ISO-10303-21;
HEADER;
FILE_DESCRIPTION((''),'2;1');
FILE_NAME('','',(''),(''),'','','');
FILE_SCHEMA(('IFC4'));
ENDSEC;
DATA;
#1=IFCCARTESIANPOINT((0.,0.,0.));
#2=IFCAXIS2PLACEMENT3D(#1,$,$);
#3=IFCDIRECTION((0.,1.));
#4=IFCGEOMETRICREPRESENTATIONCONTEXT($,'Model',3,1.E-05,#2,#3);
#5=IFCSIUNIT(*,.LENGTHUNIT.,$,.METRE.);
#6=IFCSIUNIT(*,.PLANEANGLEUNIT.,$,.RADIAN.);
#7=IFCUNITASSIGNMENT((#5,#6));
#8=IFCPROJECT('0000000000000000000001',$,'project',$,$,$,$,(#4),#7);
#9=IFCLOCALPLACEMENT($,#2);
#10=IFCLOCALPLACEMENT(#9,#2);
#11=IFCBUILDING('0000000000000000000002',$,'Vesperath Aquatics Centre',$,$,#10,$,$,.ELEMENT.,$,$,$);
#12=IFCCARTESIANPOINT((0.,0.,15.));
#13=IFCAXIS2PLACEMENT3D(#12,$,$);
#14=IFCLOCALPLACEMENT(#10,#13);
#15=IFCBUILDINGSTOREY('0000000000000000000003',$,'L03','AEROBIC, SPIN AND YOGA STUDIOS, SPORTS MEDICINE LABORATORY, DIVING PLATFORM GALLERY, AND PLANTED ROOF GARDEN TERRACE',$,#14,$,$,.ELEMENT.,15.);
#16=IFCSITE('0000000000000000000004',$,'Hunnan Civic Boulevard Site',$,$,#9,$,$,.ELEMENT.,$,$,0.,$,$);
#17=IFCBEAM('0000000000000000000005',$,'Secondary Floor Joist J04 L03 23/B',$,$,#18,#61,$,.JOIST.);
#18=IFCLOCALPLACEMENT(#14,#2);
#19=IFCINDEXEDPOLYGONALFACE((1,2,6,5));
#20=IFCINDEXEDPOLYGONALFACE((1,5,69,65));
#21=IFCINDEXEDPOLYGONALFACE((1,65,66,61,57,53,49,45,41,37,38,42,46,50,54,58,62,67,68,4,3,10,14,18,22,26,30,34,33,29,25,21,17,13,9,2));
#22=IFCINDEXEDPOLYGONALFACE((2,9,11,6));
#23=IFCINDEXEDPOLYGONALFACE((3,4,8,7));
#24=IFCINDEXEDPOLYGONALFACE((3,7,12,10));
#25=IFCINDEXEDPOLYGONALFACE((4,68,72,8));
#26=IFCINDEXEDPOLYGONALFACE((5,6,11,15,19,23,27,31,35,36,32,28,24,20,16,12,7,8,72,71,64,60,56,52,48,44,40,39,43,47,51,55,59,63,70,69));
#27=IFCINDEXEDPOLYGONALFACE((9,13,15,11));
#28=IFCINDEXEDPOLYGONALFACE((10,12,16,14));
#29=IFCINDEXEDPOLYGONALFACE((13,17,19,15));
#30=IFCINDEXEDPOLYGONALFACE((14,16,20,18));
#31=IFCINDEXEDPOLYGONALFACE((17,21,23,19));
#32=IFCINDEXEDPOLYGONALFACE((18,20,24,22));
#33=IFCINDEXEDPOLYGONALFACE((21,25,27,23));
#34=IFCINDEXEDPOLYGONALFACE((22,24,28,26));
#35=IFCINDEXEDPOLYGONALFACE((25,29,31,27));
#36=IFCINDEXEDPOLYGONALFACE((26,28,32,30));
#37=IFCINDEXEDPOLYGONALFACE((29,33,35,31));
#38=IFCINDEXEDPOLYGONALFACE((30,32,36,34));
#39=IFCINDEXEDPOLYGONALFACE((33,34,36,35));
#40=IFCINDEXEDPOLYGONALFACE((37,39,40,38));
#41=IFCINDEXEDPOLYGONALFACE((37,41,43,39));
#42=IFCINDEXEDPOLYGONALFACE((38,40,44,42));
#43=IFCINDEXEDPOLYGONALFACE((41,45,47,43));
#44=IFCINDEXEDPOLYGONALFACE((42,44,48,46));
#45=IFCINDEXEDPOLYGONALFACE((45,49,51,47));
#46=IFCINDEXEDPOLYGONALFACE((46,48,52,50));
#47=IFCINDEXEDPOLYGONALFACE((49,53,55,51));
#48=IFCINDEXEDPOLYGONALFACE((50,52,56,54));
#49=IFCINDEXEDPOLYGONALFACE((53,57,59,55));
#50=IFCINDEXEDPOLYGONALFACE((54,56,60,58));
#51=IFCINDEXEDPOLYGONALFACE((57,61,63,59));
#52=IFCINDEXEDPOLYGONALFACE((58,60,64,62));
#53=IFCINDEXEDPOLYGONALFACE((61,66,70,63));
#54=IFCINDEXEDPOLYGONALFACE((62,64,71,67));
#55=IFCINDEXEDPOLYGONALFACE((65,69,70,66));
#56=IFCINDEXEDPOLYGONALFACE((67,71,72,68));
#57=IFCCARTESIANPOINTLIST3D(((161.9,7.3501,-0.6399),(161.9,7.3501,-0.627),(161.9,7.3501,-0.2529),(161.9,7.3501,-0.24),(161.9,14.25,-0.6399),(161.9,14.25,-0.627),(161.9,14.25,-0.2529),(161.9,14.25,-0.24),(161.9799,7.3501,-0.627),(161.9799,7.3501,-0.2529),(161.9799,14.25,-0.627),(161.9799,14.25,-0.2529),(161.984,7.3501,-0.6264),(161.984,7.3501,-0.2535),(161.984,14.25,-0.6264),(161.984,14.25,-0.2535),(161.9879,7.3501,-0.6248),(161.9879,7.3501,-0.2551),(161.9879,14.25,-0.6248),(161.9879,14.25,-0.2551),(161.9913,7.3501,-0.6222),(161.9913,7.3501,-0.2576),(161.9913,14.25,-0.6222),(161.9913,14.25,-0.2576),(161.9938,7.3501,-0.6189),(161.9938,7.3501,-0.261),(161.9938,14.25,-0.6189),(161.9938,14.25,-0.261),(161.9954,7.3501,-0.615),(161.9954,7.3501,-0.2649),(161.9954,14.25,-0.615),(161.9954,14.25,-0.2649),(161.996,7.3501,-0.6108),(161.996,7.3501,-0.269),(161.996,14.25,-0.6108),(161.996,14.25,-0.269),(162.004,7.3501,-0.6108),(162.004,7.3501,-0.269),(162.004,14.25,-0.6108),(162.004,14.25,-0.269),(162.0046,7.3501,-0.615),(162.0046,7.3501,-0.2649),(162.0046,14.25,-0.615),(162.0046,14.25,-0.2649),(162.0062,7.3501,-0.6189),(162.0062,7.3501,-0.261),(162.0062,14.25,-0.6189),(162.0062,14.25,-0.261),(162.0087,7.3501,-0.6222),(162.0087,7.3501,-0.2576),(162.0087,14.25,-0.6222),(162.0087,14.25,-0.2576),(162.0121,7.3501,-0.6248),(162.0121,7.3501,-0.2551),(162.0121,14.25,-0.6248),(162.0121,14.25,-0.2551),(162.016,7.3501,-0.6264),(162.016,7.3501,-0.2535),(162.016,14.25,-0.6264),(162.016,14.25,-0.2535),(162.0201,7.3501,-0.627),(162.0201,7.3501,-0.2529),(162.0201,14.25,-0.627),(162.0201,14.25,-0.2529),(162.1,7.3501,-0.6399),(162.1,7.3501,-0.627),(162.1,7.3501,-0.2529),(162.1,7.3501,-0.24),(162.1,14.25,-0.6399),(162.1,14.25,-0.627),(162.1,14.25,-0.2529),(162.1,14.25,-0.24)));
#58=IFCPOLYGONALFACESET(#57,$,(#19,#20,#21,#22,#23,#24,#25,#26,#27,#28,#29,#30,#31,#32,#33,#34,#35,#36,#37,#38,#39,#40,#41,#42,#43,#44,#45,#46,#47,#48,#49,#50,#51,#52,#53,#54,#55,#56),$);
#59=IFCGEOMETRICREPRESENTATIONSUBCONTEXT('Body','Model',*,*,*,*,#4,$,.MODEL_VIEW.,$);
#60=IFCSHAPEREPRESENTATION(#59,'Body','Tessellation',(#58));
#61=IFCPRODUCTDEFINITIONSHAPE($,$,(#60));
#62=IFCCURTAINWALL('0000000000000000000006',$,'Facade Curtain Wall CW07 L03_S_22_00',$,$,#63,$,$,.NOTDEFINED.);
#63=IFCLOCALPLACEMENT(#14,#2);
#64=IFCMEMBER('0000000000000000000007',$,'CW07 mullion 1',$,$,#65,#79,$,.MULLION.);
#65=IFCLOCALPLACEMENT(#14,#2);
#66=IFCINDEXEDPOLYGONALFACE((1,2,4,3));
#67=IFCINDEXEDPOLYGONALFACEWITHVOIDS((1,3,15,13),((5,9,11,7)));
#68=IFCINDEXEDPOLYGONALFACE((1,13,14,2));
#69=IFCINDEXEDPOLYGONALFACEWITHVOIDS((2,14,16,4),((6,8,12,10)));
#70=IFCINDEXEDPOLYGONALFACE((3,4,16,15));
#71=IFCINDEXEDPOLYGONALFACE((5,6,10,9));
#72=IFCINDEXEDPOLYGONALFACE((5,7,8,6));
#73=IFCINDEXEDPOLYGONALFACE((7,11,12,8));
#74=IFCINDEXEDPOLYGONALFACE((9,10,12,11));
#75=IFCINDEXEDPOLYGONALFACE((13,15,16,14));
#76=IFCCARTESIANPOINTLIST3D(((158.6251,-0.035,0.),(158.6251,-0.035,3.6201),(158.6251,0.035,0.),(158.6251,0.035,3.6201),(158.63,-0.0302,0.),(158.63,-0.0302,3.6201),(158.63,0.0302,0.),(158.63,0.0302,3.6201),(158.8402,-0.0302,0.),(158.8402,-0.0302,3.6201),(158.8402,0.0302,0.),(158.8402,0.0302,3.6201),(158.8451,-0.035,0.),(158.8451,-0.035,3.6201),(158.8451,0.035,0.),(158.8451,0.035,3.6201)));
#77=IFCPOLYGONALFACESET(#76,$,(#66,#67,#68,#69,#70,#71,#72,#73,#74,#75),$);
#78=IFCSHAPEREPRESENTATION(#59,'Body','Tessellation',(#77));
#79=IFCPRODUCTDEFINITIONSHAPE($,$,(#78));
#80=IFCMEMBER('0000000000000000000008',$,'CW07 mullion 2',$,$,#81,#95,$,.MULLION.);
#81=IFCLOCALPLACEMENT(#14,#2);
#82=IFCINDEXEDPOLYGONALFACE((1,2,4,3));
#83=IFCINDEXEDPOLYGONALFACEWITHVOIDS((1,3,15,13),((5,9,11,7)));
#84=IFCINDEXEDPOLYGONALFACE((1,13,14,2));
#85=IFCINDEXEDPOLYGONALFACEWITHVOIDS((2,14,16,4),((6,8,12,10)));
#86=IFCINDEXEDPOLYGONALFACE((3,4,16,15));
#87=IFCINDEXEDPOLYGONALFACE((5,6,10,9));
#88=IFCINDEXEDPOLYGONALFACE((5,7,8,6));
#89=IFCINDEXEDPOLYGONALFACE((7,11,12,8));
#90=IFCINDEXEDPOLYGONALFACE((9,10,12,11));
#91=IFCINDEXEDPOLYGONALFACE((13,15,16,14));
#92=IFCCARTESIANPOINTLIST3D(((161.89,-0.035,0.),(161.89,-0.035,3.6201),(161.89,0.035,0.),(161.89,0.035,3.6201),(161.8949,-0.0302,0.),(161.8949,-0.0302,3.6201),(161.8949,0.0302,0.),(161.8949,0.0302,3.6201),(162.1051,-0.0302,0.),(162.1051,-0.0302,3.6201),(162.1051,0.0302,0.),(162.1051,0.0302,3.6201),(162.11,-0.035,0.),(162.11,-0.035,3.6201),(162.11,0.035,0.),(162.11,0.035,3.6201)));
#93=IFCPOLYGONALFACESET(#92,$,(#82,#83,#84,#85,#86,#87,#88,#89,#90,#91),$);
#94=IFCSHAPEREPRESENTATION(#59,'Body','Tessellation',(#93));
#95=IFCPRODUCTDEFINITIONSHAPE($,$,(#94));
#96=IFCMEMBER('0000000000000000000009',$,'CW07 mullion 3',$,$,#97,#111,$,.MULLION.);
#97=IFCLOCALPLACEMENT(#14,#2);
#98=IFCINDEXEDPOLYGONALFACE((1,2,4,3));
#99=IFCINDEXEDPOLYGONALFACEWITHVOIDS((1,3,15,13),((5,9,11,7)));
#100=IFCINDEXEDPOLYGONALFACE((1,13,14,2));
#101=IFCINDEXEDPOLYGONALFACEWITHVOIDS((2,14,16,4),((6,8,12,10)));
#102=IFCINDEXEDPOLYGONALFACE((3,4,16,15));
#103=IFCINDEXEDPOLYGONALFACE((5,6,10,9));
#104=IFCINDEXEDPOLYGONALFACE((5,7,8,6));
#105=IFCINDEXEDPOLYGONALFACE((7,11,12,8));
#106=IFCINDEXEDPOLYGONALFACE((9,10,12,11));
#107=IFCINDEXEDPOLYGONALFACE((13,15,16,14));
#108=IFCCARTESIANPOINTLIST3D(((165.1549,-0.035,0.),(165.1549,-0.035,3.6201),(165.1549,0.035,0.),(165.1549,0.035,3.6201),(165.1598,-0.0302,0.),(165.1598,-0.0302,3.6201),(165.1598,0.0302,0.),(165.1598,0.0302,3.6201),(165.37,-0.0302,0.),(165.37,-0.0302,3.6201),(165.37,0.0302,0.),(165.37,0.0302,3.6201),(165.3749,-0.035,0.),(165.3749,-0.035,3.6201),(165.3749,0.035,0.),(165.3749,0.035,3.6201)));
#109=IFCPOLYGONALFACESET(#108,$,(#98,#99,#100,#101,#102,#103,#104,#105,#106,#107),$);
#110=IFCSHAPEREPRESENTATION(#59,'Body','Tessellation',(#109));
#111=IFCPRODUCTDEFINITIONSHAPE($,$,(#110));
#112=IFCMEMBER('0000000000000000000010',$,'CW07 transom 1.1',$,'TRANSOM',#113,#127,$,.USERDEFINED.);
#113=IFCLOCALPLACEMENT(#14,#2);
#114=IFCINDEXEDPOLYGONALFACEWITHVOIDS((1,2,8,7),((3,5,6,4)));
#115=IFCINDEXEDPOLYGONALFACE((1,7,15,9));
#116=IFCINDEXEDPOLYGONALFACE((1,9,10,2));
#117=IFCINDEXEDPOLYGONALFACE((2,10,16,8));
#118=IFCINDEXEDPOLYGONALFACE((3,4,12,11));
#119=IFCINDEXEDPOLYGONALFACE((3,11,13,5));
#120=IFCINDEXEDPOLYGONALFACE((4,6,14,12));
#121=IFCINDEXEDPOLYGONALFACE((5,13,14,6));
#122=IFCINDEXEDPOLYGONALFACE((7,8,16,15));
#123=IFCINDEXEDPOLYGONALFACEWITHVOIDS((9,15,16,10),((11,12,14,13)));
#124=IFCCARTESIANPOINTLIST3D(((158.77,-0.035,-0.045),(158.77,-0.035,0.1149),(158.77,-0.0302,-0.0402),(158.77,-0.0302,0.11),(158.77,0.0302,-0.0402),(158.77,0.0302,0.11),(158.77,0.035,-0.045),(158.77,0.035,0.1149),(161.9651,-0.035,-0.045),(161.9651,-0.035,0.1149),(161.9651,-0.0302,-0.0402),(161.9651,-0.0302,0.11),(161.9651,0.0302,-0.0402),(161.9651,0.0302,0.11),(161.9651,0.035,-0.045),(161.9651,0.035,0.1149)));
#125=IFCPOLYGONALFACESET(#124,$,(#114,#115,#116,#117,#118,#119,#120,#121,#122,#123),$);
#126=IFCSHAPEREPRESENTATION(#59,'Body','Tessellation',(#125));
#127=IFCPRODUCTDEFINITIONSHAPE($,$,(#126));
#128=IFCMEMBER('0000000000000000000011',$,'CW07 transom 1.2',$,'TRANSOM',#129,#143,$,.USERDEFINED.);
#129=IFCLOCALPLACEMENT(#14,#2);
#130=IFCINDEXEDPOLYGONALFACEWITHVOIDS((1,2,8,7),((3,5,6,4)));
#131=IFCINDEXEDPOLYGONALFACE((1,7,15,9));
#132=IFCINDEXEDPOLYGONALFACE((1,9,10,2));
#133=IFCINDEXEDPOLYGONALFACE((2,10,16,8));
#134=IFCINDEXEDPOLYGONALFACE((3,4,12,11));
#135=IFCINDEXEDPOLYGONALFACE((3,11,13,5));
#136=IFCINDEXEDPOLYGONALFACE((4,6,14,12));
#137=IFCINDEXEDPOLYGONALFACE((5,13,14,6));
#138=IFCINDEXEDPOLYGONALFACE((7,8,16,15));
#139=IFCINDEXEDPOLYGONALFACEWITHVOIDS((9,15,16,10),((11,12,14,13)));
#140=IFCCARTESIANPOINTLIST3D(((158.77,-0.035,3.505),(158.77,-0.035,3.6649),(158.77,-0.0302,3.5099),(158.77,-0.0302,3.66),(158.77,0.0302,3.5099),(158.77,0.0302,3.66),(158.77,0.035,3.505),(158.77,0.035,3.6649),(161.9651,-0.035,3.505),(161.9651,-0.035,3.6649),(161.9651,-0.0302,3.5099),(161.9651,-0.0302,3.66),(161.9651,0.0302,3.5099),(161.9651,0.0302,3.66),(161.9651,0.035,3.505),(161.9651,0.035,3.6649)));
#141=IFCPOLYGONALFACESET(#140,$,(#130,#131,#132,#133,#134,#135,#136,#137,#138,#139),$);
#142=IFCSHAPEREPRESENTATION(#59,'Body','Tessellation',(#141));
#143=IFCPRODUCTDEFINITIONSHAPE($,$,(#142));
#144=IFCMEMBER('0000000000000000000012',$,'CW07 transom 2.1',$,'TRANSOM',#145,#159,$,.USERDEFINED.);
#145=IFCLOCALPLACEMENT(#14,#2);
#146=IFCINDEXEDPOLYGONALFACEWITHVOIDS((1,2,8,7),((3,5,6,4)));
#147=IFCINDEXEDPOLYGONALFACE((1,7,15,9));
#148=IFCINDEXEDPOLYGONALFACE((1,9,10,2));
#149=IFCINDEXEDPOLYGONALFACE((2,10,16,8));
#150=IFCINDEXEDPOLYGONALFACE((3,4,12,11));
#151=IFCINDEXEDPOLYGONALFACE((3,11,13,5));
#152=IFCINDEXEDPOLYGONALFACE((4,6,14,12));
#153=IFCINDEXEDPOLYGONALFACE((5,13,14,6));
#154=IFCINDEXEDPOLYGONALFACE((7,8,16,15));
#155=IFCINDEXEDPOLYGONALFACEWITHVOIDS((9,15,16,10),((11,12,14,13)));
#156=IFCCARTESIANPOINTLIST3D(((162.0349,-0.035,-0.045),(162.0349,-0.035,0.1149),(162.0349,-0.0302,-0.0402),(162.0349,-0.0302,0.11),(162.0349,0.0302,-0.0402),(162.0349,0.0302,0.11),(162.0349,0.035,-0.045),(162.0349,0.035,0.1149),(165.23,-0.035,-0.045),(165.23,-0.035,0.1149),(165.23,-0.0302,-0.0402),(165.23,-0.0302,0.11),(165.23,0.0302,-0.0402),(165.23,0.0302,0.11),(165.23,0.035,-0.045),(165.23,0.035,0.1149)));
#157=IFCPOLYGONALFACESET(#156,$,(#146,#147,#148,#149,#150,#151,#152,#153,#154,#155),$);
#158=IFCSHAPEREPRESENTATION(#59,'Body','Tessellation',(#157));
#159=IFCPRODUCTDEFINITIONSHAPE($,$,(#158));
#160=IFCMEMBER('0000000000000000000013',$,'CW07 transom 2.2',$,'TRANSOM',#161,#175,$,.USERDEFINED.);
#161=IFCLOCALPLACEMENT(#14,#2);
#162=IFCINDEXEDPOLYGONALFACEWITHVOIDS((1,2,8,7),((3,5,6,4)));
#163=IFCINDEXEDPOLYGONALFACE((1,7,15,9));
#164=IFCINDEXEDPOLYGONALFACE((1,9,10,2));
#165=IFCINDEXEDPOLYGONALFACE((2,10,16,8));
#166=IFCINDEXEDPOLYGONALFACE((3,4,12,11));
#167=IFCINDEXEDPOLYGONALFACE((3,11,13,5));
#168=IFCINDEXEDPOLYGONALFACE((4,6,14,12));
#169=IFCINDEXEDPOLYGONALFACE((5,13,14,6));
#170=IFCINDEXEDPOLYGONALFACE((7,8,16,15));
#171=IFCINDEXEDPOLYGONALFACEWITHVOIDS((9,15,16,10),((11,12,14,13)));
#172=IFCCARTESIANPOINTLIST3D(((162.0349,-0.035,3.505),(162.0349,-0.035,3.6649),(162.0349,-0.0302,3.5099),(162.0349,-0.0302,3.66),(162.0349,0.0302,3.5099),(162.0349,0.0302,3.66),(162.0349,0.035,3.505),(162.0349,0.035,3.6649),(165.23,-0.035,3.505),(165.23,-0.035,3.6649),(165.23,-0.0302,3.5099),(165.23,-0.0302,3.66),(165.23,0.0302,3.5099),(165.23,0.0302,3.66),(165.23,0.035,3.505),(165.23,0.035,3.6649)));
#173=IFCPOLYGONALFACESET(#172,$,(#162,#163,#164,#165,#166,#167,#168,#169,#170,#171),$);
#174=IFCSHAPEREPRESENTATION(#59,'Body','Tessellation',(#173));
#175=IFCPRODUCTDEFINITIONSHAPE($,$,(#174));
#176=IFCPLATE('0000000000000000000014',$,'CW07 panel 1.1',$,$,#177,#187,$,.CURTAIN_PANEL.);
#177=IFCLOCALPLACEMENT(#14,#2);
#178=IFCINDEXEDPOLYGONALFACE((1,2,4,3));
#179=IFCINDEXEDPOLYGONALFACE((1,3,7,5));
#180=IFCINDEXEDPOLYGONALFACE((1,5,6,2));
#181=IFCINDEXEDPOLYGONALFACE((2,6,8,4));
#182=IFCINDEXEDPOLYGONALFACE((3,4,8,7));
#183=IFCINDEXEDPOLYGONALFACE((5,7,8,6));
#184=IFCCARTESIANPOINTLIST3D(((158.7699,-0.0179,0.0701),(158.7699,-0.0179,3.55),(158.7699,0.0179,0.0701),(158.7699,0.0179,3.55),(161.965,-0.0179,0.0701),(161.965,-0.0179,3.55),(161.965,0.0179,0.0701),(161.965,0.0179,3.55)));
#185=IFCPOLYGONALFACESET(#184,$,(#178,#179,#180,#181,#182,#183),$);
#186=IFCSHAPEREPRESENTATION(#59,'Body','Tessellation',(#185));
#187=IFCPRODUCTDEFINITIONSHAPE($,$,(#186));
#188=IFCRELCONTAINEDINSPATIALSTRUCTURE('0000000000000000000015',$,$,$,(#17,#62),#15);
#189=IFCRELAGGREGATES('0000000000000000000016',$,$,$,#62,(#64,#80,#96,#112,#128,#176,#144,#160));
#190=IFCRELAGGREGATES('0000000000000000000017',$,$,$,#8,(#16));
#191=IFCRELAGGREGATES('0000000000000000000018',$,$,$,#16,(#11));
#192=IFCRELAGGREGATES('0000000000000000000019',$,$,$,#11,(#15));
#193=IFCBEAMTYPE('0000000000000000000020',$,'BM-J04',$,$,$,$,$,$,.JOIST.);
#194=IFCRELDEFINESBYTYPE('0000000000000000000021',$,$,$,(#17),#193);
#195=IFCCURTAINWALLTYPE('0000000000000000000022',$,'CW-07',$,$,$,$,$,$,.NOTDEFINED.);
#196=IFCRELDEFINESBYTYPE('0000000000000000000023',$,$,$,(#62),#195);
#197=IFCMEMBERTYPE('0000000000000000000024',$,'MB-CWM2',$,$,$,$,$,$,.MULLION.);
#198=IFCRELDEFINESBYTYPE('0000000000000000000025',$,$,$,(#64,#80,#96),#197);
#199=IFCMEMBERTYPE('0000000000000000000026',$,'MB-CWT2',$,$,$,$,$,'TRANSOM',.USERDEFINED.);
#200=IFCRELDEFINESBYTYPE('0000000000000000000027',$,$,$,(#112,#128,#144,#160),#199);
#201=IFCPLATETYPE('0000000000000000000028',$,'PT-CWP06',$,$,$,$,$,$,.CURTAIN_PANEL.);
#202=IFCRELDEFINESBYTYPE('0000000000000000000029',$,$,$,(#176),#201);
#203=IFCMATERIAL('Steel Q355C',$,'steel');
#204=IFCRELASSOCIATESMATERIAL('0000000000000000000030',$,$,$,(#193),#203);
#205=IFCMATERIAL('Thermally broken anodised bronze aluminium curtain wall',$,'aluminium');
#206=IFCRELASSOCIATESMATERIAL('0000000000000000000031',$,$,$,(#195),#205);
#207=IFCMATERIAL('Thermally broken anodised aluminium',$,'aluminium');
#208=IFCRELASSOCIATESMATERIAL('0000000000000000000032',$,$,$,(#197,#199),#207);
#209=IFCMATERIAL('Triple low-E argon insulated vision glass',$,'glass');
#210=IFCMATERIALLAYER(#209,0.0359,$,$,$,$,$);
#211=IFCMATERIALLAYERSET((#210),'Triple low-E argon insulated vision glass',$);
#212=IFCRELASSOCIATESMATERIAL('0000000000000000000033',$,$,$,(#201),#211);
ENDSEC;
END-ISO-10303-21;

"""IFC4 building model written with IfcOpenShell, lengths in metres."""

from ifc_helpers import new_model, si_unit, direction, frame, origin, origin_2d, place, context, subcontext, project, spatial, rectangle, hollow_rectangle, i_section, extrude, material, layer, layer_set, material_profile, profile_set, type_object, element, aggregate, save


model = new_model("IFC4")

# Units and contexts
model_context = context("Model", 3, precision=1e-05, world=origin(), true_north=direction((0.0, 1.0)))
body_context = subcontext(model_context, "Body", "Model", "MODEL_VIEW")
ifc_project = project(units=[si_unit("LENGTHUNIT", "METRE"), si_unit("PLANEANGLEUNIT", "RADIAN")], contexts=[model_context])

# Site, building, storey
site_placement = place(None, origin())
site = spatial("IfcSite", under=ifc_project, at=site_placement, Name="Hunnan Civic Boulevard Site", CompositionType="ELEMENT", RefElevation=0.0)
building_placement = place(site_placement, origin())
building = spatial("IfcBuilding", under=site, at=building_placement, Name="Vesperath Aquatics Centre", CompositionType="ELEMENT")
storey_placement = place(building_placement, frame((0.0, 0.0, 15.0)))
storey = spatial("IfcBuildingStorey", under=building, at=storey_placement, Name="L03", Description="AEROBIC, SPIN AND YOGA STUDIOS, SPORTS MEDICINE LABORATORY, DIVING PLATFORM GALLERY, AND PLANTED ROOF GARDEN TERRACE", CompositionType="ELEMENT", Elevation=15.0)

# Shared definitions
ifc_material_1 = material(Name="Steel Q355C", Category="steel")

# Beam
ifc_material_profile_1 = material_profile(ifc_material_1, i_section(OverallWidth=0.2, OverallDepth=0.3999, WebThickness=0.0081, FlangeThickness=0.0129, FilletRadius=0.0161, at=origin_2d()), Name="HN 400x200x8x13")
ifc_profile_set_1 = profile_set([ifc_material_profile_1], Name="Steel Q355C")
beam_type_1 = type_object("IfcBeamType", Name="BM-J04", PredefinedType="JOIST", material=ifc_profile_set_1)
for number, where, z_axis, x_axis, name in (
    (1, (162.0, 7.3501, -0.4399), (0.0, 1.0, 0.0), (-1.0, 0.0, 0.0), "Secondary Floor Joist J04 L03 23/B"),
):
    element("IfcBeam", number, at=place(storey_placement, frame(where, z_axis=z_axis, x_axis=x_axis)), inside=storey, type_object=beam_type_1, Name=name, PredefinedType="JOIST", context=body_context, shape_type="SweptSolid", body=[
        extrude(i_section(OverallWidth=0.2, OverallDepth=0.3999, WebThickness=0.0081, FlangeThickness=0.0129, FilletRadius=0.0161, at=origin_2d()), origin(), (0.0, 0.0, 1.0), 6.8999),
    ])

# Curtain wall, members, plate
ifc_material_2 = material(Name="Thermally broken anodised bronze aluminium curtain wall", Category="aluminium")
curtain_wall_type = type_object("IfcCurtainWallType", Name="CW-07", PredefinedType="NOTDEFINED", material=ifc_material_2)
curtain_wall_placement = place(storey_placement, origin())
curtain_wall = element("IfcCurtainWall", 2, at=curtain_wall_placement, inside=storey, type_object=curtain_wall_type, Name="Facade Curtain Wall CW07 L03_S_22_00", PredefinedType="NOTDEFINED")
ifc_material_3 = material(Name="Thermally broken anodised aluminium", Category="aluminium")
ifc_material_profile_2 = material_profile(ifc_material_3, hollow_rectangle(XDim=0.0701, YDim=0.22, WallThickness=0.0049, at=origin_2d()), Name="CWM 70x220x5")
ifc_profile_set_2 = profile_set([ifc_material_profile_2], Name="Thermally broken anodised aluminium")
member_type_1 = type_object("IfcMemberType", Name="MB-CWM2", PredefinedType="MULLION", material=ifc_profile_set_2)
member_1_placement = place(storey_placement, frame((158.7351, 0.0, 0.0), z_axis=(0.0, 0.0, 1.0), x_axis=(0.0, 1.0, 0.0)))
member_1 = element("IfcMember", 3, at=member_1_placement, type_object=member_type_1, Name="CW07 mullion 1", PredefinedType="MULLION", context=body_context, shape_type="SweptSolid", body=[
    extrude(hollow_rectangle(XDim=0.0701, YDim=0.22, WallThickness=0.0049, at=origin_2d()), origin(), (0.0, 0.0, 1.0), 3.6201),
])
member_2_placement = place(storey_placement, frame((162.0, 0.0, 0.0), z_axis=(0.0, 0.0, 1.0), x_axis=(0.0, 1.0, 0.0)))
member_2 = element("IfcMember", 4, at=member_2_placement, type_object=member_type_1, Name="CW07 mullion 2", PredefinedType="MULLION", context=body_context, shape_type="SweptSolid", body=[
    extrude(hollow_rectangle(XDim=0.0701, YDim=0.22, WallThickness=0.0049, at=origin_2d()), origin(), (0.0, 0.0, 1.0), 3.6201),
])
member_3_placement = place(storey_placement, frame((165.2649, 0.0, 0.0), z_axis=(0.0, 0.0, 1.0), x_axis=(0.0, 1.0, 0.0)))
member_3 = element("IfcMember", 5, at=member_3_placement, type_object=member_type_1, Name="CW07 mullion 3", PredefinedType="MULLION", context=body_context, shape_type="SweptSolid", body=[
    extrude(hollow_rectangle(XDim=0.0701, YDim=0.22, WallThickness=0.0049, at=origin_2d()), origin(), (0.0, 0.0, 1.0), 3.6201),
])
ifc_material_profile_3 = material_profile(ifc_material_3, hollow_rectangle(XDim=0.0701, YDim=0.1599, WallThickness=0.0049, at=origin_2d()), Name="CWT 70x160x5")
ifc_profile_set_3 = profile_set([ifc_material_profile_3], Name="Thermally broken anodised aluminium")
member_type_2 = type_object("IfcMemberType", Name="MB-CWT2", ElementType="TRANSOM", PredefinedType="USERDEFINED", material=ifc_profile_set_3)
member_4_placement = place(storey_placement, frame((158.77, 0.0, 0.0349), z_axis=(1.0, 0.0, 0.0), x_axis=(0.0, 1.0, 0.0)))
member_4 = element("IfcMember", 6, at=member_4_placement, type_object=member_type_2, Name="CW07 transom 1.1", ObjectType="TRANSOM", PredefinedType="USERDEFINED", context=body_context, shape_type="SweptSolid", body=[
    extrude(hollow_rectangle(XDim=0.0701, YDim=0.1599, WallThickness=0.0049, at=origin_2d()), origin(), (0.0, 0.0, 1.0), 3.1951),
])
member_5_placement = place(storey_placement, frame((158.77, 0.0, 3.585), z_axis=(1.0, 0.0, 0.0), x_axis=(0.0, 1.0, 0.0)))
member_5 = element("IfcMember", 7, at=member_5_placement, type_object=member_type_2, Name="CW07 transom 1.2", ObjectType="TRANSOM", PredefinedType="USERDEFINED", context=body_context, shape_type="SweptSolid", body=[
    extrude(hollow_rectangle(XDim=0.0701, YDim=0.1599, WallThickness=0.0049, at=origin_2d()), origin(), (0.0, 0.0, 1.0), 3.1951),
])
member_6_placement = place(storey_placement, frame((162.0349, 0.0, 0.0349), z_axis=(1.0, 0.0, 0.0), x_axis=(0.0, 1.0, 0.0)))
member_6 = element("IfcMember", 8, at=member_6_placement, type_object=member_type_2, Name="CW07 transom 2.1", ObjectType="TRANSOM", PredefinedType="USERDEFINED", context=body_context, shape_type="SweptSolid", body=[
    extrude(hollow_rectangle(XDim=0.0701, YDim=0.1599, WallThickness=0.0049, at=origin_2d()), origin(), (0.0, 0.0, 1.0), 3.1951),
])
member_7_placement = place(storey_placement, frame((162.0349, 0.0, 3.585), z_axis=(1.0, 0.0, 0.0), x_axis=(0.0, 1.0, 0.0)))
member_7 = element("IfcMember", 9, at=member_7_placement, type_object=member_type_2, Name="CW07 transom 2.2", ObjectType="TRANSOM", PredefinedType="USERDEFINED", context=body_context, shape_type="SweptSolid", body=[
    extrude(hollow_rectangle(XDim=0.0701, YDim=0.1599, WallThickness=0.0049, at=origin_2d()), origin(), (0.0, 0.0, 1.0), 3.1951),
])
ifc_material_4 = material(Name="Triple low-E argon insulated vision glass", Category="glass")
ifc_layer_1 = layer(ifc_material_4, 0.0359)
ifc_layer_set_1 = layer_set([ifc_layer_1], Name="Triple low-E argon insulated vision glass")
plate_type = type_object("IfcPlateType", Name="PT-CWP06", PredefinedType="CURTAIN_PANEL", material=ifc_layer_set_1)
plate_1_placement = place(storey_placement, frame((160.3674, 0.0, 0.0701), z_axis=(0.0, 0.0, 1.0), x_axis=(1.0, 0.0, 0.0)))
plate_1 = element("IfcPlate", 10, at=plate_1_placement, type_object=plate_type, Name="CW07 panel 1.1", PredefinedType="CURTAIN_PANEL", context=body_context, shape_type="SweptSolid", body=[
    extrude(rectangle(XDim=3.1951, YDim=0.0359, at=origin_2d()), origin(), (0.0, 0.0, 1.0), 3.48),
])
aggregate(curtain_wall, [member_1, member_2, member_3, member_4, member_5, plate_1, member_6, member_7])

save(model, "model.ifc")
